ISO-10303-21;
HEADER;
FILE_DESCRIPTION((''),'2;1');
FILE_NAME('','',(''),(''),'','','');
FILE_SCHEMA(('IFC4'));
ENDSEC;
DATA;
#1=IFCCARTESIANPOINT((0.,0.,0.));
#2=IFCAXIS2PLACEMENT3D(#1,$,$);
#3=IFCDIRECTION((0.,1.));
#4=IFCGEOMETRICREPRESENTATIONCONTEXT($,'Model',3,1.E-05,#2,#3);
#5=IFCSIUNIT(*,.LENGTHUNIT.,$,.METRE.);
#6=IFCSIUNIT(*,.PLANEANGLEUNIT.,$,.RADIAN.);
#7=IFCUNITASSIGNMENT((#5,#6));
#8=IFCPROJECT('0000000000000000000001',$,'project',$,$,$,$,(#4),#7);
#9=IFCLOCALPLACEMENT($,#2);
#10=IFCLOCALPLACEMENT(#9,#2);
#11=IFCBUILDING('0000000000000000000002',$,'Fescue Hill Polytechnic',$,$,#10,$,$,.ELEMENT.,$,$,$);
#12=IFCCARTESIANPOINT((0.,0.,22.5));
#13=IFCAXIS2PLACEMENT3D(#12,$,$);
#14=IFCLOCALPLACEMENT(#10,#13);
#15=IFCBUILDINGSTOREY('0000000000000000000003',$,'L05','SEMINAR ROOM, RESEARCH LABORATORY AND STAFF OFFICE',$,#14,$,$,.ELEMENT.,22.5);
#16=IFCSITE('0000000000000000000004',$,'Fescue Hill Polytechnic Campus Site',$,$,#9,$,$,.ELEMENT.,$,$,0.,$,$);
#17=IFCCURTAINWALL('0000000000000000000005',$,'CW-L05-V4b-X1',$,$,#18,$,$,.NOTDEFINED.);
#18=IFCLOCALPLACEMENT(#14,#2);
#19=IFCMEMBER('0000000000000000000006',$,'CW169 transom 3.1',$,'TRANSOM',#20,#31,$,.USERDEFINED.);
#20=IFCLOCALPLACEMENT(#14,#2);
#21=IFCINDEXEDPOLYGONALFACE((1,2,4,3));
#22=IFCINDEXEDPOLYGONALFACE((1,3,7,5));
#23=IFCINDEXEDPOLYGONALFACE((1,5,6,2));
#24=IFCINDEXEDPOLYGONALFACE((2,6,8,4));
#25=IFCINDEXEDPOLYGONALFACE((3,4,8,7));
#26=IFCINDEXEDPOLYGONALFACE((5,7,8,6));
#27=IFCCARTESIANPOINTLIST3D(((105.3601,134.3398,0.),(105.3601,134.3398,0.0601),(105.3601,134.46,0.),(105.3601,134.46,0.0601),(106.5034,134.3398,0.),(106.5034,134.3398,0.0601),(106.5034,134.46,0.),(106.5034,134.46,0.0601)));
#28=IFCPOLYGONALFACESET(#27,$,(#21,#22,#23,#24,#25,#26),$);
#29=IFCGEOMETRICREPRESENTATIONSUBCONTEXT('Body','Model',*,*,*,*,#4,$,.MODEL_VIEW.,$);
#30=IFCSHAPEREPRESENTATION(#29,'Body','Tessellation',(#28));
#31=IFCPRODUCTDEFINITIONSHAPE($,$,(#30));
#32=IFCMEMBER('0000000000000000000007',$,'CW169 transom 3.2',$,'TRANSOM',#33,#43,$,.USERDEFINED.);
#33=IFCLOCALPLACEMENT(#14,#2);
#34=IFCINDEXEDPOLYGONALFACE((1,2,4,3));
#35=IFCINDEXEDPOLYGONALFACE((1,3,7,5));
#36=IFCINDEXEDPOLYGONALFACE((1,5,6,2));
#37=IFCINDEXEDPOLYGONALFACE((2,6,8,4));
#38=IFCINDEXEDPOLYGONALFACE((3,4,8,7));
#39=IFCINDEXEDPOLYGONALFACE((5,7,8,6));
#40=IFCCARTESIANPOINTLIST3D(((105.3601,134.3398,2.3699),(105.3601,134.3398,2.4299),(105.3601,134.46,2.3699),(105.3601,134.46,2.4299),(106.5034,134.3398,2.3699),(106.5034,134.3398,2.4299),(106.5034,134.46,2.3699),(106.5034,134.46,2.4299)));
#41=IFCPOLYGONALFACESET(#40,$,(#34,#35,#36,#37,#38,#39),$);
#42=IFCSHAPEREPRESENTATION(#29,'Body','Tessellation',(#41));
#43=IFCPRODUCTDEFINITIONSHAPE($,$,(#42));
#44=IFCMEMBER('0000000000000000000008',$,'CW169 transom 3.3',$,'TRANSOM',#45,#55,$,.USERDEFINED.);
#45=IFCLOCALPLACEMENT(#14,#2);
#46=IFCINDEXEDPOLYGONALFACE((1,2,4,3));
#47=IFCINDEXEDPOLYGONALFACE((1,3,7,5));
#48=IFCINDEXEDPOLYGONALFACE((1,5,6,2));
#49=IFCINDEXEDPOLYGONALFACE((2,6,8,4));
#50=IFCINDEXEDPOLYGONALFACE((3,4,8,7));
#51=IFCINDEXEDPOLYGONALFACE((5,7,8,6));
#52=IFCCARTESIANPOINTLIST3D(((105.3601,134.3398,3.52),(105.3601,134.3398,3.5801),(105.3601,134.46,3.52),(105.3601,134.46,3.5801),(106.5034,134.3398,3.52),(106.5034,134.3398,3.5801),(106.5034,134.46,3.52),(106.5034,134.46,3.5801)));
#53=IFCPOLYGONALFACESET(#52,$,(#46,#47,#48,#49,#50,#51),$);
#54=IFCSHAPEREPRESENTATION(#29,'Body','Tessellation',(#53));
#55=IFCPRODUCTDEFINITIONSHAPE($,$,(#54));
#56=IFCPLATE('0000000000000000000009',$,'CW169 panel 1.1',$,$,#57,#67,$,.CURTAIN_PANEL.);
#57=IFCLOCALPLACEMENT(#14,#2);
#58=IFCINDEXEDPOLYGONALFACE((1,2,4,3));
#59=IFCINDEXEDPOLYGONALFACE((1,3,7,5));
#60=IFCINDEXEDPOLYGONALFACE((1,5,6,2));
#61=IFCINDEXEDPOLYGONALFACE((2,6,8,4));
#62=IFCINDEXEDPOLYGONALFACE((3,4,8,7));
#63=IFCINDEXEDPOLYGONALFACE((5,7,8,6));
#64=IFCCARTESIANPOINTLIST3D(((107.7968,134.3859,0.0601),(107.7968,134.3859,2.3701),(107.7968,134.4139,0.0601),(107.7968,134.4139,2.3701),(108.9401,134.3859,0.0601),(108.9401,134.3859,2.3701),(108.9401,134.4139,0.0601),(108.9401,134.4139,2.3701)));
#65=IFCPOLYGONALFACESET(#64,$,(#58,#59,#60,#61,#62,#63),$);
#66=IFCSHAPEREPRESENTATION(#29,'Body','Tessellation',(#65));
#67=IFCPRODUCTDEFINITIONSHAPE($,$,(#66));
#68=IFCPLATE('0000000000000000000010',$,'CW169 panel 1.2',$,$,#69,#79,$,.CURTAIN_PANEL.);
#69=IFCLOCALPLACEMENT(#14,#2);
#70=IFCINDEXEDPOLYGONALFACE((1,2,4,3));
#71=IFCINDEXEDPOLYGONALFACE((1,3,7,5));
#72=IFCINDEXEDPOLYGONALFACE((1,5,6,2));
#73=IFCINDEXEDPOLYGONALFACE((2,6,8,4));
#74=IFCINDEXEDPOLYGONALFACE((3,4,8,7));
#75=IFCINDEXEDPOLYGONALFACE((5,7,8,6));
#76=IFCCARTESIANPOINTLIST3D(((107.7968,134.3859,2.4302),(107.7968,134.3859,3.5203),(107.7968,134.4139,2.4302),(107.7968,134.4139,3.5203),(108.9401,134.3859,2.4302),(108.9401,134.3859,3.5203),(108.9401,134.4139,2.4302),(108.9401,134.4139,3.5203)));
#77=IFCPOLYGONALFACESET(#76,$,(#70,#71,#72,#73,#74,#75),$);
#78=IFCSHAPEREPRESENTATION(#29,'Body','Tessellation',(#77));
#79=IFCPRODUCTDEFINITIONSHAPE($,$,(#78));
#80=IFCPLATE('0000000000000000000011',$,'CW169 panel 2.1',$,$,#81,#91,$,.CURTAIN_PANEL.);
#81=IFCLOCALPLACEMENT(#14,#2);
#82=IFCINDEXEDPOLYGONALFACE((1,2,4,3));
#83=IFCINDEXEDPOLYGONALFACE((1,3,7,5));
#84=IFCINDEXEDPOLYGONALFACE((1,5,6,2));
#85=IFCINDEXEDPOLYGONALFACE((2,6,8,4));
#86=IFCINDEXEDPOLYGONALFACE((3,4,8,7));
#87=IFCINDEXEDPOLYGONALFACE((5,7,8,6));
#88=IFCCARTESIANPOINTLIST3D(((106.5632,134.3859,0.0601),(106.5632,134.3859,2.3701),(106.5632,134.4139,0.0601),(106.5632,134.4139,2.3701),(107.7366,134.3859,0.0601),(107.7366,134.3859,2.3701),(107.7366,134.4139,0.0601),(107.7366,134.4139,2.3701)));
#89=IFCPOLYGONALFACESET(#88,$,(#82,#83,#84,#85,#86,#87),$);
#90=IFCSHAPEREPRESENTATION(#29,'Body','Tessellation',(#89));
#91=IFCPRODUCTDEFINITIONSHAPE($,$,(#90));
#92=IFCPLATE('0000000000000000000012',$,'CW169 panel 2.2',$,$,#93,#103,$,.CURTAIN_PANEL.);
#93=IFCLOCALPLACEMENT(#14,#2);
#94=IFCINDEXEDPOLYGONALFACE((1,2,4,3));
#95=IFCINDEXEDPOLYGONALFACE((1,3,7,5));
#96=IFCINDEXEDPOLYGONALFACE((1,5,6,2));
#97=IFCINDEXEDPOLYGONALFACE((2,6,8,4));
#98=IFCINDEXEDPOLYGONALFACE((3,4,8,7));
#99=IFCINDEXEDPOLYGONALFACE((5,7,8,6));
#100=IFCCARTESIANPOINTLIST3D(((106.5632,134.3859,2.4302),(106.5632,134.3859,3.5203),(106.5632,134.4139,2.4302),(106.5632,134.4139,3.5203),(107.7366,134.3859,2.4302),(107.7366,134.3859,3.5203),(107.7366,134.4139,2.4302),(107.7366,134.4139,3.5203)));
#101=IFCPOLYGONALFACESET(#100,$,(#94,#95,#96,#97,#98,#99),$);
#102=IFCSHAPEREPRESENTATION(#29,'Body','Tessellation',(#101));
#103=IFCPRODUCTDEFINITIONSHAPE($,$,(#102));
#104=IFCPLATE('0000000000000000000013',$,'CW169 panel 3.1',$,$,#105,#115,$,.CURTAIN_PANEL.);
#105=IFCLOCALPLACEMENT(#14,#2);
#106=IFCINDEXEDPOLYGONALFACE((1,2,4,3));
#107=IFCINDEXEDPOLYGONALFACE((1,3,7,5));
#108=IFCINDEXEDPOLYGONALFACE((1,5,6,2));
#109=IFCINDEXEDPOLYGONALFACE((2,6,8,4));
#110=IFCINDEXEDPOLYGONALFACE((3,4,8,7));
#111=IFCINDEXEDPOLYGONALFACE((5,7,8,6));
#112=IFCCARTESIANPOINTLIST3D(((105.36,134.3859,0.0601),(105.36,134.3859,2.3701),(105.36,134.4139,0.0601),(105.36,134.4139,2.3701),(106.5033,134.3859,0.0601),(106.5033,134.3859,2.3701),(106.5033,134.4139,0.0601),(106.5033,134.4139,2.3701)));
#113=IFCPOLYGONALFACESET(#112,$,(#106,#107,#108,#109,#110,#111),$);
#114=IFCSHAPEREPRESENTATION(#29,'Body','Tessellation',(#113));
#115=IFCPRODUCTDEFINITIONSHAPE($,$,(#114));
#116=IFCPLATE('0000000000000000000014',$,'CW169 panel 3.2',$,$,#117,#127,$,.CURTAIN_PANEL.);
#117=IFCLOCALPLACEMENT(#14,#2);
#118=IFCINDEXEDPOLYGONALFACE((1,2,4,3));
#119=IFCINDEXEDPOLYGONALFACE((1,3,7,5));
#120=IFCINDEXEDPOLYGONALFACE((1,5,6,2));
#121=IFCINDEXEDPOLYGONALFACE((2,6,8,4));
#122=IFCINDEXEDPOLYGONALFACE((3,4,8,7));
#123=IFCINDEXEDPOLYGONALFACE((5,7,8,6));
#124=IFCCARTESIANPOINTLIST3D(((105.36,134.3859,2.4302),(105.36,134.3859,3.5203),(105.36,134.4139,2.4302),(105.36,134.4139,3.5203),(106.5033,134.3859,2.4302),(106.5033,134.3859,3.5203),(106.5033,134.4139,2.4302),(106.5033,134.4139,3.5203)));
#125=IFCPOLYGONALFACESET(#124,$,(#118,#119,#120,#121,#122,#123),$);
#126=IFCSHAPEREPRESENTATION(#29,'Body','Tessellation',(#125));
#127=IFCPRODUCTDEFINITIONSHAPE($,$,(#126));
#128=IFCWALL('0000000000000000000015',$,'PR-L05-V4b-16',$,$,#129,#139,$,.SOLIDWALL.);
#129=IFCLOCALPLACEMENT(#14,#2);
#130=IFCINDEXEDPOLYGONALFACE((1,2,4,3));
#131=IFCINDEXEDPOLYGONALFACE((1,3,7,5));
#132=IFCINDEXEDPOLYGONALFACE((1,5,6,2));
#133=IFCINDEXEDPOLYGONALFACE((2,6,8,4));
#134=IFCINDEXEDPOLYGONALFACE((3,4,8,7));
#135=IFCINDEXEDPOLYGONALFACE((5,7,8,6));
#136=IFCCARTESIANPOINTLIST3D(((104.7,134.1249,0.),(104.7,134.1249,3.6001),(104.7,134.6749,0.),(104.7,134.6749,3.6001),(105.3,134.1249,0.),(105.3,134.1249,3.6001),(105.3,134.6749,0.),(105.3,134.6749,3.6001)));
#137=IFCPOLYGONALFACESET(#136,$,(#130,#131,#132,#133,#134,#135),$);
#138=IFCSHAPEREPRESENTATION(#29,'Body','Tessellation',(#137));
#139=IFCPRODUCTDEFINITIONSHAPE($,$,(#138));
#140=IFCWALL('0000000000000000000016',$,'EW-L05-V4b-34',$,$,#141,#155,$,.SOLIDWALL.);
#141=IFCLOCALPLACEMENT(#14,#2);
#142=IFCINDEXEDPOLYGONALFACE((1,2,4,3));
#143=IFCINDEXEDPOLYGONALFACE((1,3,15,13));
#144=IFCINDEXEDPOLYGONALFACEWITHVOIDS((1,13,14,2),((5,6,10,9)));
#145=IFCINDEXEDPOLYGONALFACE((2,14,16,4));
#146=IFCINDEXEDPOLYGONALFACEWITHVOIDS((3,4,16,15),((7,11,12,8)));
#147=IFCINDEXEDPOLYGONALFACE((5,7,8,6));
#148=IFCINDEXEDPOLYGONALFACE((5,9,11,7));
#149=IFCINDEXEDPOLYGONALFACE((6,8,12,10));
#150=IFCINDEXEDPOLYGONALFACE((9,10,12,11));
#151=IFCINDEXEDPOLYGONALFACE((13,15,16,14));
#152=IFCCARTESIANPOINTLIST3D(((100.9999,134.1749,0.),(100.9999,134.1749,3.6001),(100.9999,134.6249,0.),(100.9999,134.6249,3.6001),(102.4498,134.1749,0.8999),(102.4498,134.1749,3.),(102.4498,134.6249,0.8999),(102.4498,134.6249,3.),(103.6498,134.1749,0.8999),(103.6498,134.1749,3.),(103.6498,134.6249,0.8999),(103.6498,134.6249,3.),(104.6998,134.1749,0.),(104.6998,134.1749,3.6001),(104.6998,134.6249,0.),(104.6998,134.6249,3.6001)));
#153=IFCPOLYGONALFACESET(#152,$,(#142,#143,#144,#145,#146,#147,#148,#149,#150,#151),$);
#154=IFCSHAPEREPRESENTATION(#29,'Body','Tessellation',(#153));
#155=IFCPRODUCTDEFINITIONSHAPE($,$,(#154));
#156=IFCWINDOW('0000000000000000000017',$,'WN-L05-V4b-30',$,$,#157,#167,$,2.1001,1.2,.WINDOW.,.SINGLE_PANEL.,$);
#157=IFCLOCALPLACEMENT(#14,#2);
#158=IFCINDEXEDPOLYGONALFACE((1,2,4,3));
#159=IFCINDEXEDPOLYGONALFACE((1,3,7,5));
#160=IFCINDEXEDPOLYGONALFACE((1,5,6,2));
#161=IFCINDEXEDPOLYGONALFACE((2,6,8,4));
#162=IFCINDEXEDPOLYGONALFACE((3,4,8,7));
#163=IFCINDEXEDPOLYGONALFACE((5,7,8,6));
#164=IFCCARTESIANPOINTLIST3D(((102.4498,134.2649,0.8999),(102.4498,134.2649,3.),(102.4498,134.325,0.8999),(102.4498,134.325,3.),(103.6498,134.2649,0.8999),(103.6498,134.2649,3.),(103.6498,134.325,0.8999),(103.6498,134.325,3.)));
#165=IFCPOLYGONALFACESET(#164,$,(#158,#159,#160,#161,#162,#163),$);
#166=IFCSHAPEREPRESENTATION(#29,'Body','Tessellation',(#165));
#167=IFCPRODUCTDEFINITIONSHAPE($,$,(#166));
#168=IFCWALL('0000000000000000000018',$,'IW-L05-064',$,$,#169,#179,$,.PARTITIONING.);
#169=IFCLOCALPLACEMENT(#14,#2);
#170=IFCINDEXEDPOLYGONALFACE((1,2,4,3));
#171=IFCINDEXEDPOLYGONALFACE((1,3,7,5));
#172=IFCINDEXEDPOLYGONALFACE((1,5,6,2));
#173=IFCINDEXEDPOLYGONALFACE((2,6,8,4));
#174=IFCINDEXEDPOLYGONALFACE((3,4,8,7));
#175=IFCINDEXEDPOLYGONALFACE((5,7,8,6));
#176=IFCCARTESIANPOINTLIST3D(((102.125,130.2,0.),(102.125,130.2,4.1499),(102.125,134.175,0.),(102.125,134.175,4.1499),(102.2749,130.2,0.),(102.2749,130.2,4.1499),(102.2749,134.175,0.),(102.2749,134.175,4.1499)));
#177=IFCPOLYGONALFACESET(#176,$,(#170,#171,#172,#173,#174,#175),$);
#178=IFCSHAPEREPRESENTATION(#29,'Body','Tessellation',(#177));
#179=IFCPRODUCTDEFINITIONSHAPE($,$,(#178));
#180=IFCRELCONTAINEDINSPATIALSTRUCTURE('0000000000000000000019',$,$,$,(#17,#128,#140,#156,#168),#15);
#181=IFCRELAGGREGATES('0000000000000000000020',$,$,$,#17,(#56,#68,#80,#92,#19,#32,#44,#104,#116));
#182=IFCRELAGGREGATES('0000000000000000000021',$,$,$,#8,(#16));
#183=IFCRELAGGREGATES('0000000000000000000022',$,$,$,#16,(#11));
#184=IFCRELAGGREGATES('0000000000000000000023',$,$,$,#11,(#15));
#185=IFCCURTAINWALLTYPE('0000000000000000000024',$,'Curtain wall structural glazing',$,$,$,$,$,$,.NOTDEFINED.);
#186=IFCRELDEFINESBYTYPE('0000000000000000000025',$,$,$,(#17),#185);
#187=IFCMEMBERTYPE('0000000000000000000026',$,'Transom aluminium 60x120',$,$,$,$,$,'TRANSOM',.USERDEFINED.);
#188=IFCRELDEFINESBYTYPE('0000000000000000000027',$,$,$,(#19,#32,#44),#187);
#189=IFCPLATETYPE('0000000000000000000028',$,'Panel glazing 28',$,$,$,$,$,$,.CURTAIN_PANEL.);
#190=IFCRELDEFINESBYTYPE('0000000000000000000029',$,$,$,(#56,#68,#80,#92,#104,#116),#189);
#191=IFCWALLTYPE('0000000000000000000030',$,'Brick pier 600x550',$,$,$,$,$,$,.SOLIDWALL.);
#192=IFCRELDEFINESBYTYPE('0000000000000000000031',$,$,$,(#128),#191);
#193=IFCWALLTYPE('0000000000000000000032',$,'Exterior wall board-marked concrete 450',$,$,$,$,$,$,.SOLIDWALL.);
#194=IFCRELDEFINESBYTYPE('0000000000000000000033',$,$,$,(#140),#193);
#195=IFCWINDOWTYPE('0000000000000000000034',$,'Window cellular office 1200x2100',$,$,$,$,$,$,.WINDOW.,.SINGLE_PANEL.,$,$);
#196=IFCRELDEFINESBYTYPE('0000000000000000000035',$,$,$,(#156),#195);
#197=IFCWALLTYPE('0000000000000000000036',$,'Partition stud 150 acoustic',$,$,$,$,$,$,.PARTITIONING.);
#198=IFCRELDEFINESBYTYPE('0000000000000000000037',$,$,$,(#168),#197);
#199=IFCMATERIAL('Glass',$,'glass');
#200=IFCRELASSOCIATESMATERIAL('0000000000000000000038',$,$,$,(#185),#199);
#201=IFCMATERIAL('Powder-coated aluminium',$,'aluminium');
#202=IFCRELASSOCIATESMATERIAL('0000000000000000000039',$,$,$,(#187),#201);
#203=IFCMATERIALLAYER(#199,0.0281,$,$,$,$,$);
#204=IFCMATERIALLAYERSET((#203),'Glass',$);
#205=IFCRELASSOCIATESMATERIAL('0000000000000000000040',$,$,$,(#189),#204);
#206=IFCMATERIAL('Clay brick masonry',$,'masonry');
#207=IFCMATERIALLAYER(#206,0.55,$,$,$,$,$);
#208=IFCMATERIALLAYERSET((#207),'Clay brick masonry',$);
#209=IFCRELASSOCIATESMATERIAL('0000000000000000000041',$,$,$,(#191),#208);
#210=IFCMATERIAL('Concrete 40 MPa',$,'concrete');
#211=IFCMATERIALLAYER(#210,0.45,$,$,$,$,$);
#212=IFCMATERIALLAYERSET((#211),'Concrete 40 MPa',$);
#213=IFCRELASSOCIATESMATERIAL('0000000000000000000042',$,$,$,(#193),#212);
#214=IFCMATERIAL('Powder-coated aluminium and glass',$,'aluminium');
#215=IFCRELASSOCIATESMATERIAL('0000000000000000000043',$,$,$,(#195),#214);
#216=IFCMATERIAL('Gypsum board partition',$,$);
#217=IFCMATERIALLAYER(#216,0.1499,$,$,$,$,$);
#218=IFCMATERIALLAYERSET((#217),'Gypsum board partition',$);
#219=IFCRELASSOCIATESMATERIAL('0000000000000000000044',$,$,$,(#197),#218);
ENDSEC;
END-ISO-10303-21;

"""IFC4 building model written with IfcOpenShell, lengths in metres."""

from ifc_helpers import new_model, si_unit, direction, frame, frame_2d, origin, origin_2d, place, context, subcontext, project, spatial, rectangle, extrude, material, layer, layer_set, material_profile, profile_set, type_object, element, fill, aggregate, save


model = new_model("IFC4")

# Units and contexts
model_context = context("Model", 3, precision=1e-05, world=origin(), true_north=direction((0.0, 1.0)))
body_context = subcontext(model_context, "Body", "Model", "MODEL_VIEW")
ifc_project = project(units=[si_unit("LENGTHUNIT", "METRE"), si_unit("PLANEANGLEUNIT", "RADIAN")], contexts=[model_context])

# Site, building, storey
site_placement = place(None, origin())
site = spatial("IfcSite", under=ifc_project, at=site_placement, Name="Fescue Hill Polytechnic Campus Site", CompositionType="ELEMENT", RefElevation=0.0)
building_placement = place(site_placement, origin())
building = spatial("IfcBuilding", under=site, at=building_placement, Name="Fescue Hill Polytechnic", CompositionType="ELEMENT")
storey_placement = place(building_placement, frame((0.0, 0.0, 22.5)))
storey = spatial("IfcBuildingStorey", under=building, at=storey_placement, Name="L05", Description="SEMINAR ROOM, RESEARCH LABORATORY AND STAFF OFFICE", CompositionType="ELEMENT", Elevation=22.5)

# Shared definitions
ifc_material_1 = material(Name="Concrete 40 MPa", Category="concrete")

# Curtain wall, members, plates
ifc_material_2 = material(Name="Glass", Category="glass")
curtain_wall_type = type_object("IfcCurtainWallType", Name="Curtain wall structural glazing", PredefinedType="NOTDEFINED", material=ifc_material_2)
curtain_wall_placement = place(storey_placement, origin())
curtain_wall = element("IfcCurtainWall", 1, at=curtain_wall_placement, inside=storey, type_object=curtain_wall_type, Name="CW-L05-V4b-X1", PredefinedType="NOTDEFINED")
ifc_material_3 = material(Name="Powder-coated aluminium", Category="aluminium")
ifc_material_profile_1 = material_profile(ifc_material_3, rectangle(XDim=0.1201, YDim=0.0601, at=origin_2d()), Name="Transom aluminium 60x120")
ifc_profile_set_1 = profile_set([ifc_material_profile_1], Name="Powder-coated aluminium")
member_type_1 = type_object("IfcMemberType", Name="Transom aluminium 60x120", ElementType="TRANSOM", PredefinedType="USERDEFINED", material=ifc_profile_set_1)
member_1_placement = place(storey_placement, frame((106.5034, 134.3999, 0.03), z_axis=(-1.0, 0.0, 0.0), x_axis=(0.0, -1.0, 0.0)))
member_1 = element("IfcMember", 2, at=member_1_placement, type_object=member_type_1, Name="CW169 transom 3.1", ObjectType="TRANSOM", PredefinedType="USERDEFINED", context=body_context, shape_type="SweptSolid", body=[
    extrude(rectangle(XDim=0.1201, YDim=0.0601, at=origin_2d()), origin(), (0.0, 0.0, 1.0), 1.1433),
])
member_2_placement = place(storey_placement, frame((106.5034, 134.3999, 2.3999), z_axis=(-1.0, 0.0, 0.0), x_axis=(0.0, -1.0, 0.0)))
member_2 = element("IfcMember", 3, at=member_2_placement, type_object=member_type_1, Name="CW169 transom 3.2", ObjectType="TRANSOM", PredefinedType="USERDEFINED", context=body_context, shape_type="SweptSolid", body=[
    extrude(rectangle(XDim=0.1201, YDim=0.0601, at=origin_2d()), origin(), (0.0, 0.0, 1.0), 1.1433),
])
member_3_placement = place(storey_placement, frame((106.5034, 134.3999, 3.55), z_axis=(-1.0, 0.0, 0.0), x_axis=(0.0, -1.0, 0.0)))
member_3 = element("IfcMember", 4, at=member_3_placement, type_object=member_type_1, Name="CW169 transom 3.3", ObjectType="TRANSOM", PredefinedType="USERDEFINED", context=body_context, shape_type="SweptSolid", body=[
    extrude(rectangle(XDim=0.1201, YDim=0.0601, at=origin_2d()), origin(), (0.0, 0.0, 1.0), 1.1433),
])
ifc_layer_1 = layer(ifc_material_2, 0.0281)
ifc_layer_set_1 = layer_set([ifc_layer_1], Name="Glass")
plate_type = type_object("IfcPlateType", Name="Panel glazing 28", PredefinedType="CURTAIN_PANEL", material=ifc_layer_set_1)
plate_1_placement = place(storey_placement, frame((108.3684, 134.3999, 0.0601), z_axis=(0.0, 0.0, 1.0), x_axis=(-1.0, 0.0, 0.0)))
plate_1 = element("IfcPlate", 5, at=plate_1_placement, type_object=plate_type, Name="CW169 panel 1.1", PredefinedType="CURTAIN_PANEL", context=body_context, shape_type="SweptSolid", body=[
    extrude(rectangle(XDim=1.1433, YDim=0.0281, at=origin_2d()), origin(), (0.0, 0.0, 1.0), 2.3101),
])
plate_2_placement = place(storey_placement, frame((108.3684, 134.3999, 2.4302), z_axis=(0.0, 0.0, 1.0), x_axis=(-1.0, 0.0, 0.0)))
plate_2 = element("IfcPlate", 6, at=plate_2_placement, type_object=plate_type, Name="CW169 panel 1.2", PredefinedType="CURTAIN_PANEL", context=body_context, shape_type="SweptSolid", body=[
    extrude(rectangle(XDim=1.1433, YDim=0.0281, at=origin_2d()), origin(), (0.0, 0.0, 1.0), 1.0901),
])
plate_3_placement = place(storey_placement, frame((107.1499, 134.3999, 0.0601), z_axis=(0.0, 0.0, 1.0), x_axis=(-1.0, 0.0, 0.0)))
plate_3 = element("IfcPlate", 7, at=plate_3_placement, type_object=plate_type, Name="CW169 panel 2.1", PredefinedType="CURTAIN_PANEL", context=body_context, shape_type="SweptSolid", body=[
    extrude(rectangle(XDim=1.1733, YDim=0.0281, at=origin_2d()), origin(), (0.0, 0.0, 1.0), 2.3101),
])
plate_4_placement = place(storey_placement, frame((107.1499, 134.3999, 2.4302), z_axis=(0.0, 0.0, 1.0), x_axis=(-1.0, 0.0, 0.0)))
plate_4 = element("IfcPlate", 8, at=plate_4_placement, type_object=plate_type, Name="CW169 panel 2.2", PredefinedType="CURTAIN_PANEL", context=body_context, shape_type="SweptSolid", body=[
    extrude(rectangle(XDim=1.1733, YDim=0.0281, at=origin_2d()), origin(), (0.0, 0.0, 1.0), 1.0901),
])
plate_5_placement = place(storey_placement, frame((105.9316, 134.3999, 0.0601), z_axis=(0.0, 0.0, 1.0), x_axis=(-1.0, 0.0, 0.0)))
plate_5 = element("IfcPlate", 9, at=plate_5_placement, type_object=plate_type, Name="CW169 panel 3.1", PredefinedType="CURTAIN_PANEL", context=body_context, shape_type="SweptSolid", body=[
    extrude(rectangle(XDim=1.1433, YDim=0.0281, at=origin_2d()), origin(), (0.0, 0.0, 1.0), 2.3101),
])
plate_6_placement = place(storey_placement, frame((105.9316, 134.3999, 2.4302), z_axis=(0.0, 0.0, 1.0), x_axis=(-1.0, 0.0, 0.0)))
plate_6 = element("IfcPlate", 10, at=plate_6_placement, type_object=plate_type, Name="CW169 panel 3.2", PredefinedType="CURTAIN_PANEL", context=body_context, shape_type="SweptSolid", body=[
    extrude(rectangle(XDim=1.1433, YDim=0.0281, at=origin_2d()), origin(), (0.0, 0.0, 1.0), 1.0901),
])
aggregate(curtain_wall, [plate_1, plate_2, plate_3, plate_4, member_1, member_2, member_3, plate_5, plate_6])

# Wall
ifc_material_4 = material(Name="Clay brick masonry", Category="masonry")
ifc_layer_2 = layer(ifc_material_4, 0.55)
ifc_layer_set_2 = layer_set([ifc_layer_2], Name="Clay brick masonry")
wall_type_1 = type_object("IfcWallType", Name="Brick pier 600x550", PredefinedType="SOLIDWALL", material=ifc_layer_set_2)
wall_1_placement = place(storey_placement, frame((105.3, 134.3999, 0.0), z_axis=(0.0, 0.0, 1.0), x_axis=(-1.0, 0.0, 0.0)))
element("IfcWall", 11, at=wall_1_placement, inside=storey, type_object=wall_type_1, Name="PR-L05-V4b-16", PredefinedType="SOLIDWALL", context=body_context, shape_type="SweptSolid", body=[
    extrude(rectangle(XDim=0.6001, YDim=0.55, at=frame_2d((0.3, 0.0))), origin(), (0.0, 0.0, 1.0), 3.6001),
])

# Wall, opening, window
ifc_layer_3 = layer(ifc_material_1, 0.45)
ifc_layer_set_3 = layer_set([ifc_layer_3], Name="Concrete 40 MPa")
wall_type_2 = type_object("IfcWallType", Name="Exterior wall board-marked concrete 450", PredefinedType="SOLIDWALL", material=ifc_layer_set_3)
wall_2_placement = place(storey_placement, frame((104.7, 134.3999, 0.0), z_axis=(0.0, 0.0, 1.0), x_axis=(-1.0, 0.0, 0.0)))
wall_2 = element("IfcWall", 12, at=wall_2_placement, inside=storey, type_object=wall_type_2, Name="EW-L05-V4b-34", PredefinedType="SOLIDWALL", context=body_context, shape_type="SweptSolid", body=[
    extrude(rectangle(XDim=3.7, YDim=0.45, at=frame_2d((1.8501, 0.0))), origin(), (0.0, 0.0, 1.0), 3.6001),
])
opening_placement = place(wall_2_placement, frame((1.05, 0.0, 0.8999)))
opening = element("IfcOpeningElement", 13, at=opening_placement, cuts=wall_2, PredefinedType="OPENING", context=body_context, shape_type="SweptSolid", body=[
    extrude(rectangle(XDim=1.2, YDim=2.1001, at=frame_2d((0.6001, 1.05))), frame((0.0, 0.2349, 0.0), z_axis=(0.0, -1.0, 0.0), x_axis=(1.0, 0.0, 0.0)), (0.0, 0.0, 1.0), 0.47),
])
ifc_material_5 = material(Name="Powder-coated aluminium and glass", Category="aluminium")
window_type = type_object("IfcWindowType", Name="Window cellular office 1200x2100", PartitioningType="SINGLE_PANEL", PredefinedType="WINDOW", material=ifc_material_5)
window_placement = place(opening_placement, origin())
window = element("IfcWindow", 14, at=window_placement, inside=storey, type_object=window_type, Name="WN-L05-V4b-30", OverallHeight=2.1001, OverallWidth=1.2, PartitioningType="SINGLE_PANEL", PredefinedType="WINDOW", context=body_context, shape_type="SweptSolid", body=[
    extrude(rectangle(XDim=1.2, YDim=2.1001, at=frame_2d((0.6001, 1.05))), frame((0.0, 0.135, 0.0), z_axis=(0.0, -1.0, 0.0), x_axis=(1.0, 0.0, 0.0)), (0.0, 0.0, 1.0), 0.0601),
])
fill(opening, window)

# Wall
ifc_material_6 = material(Name="Gypsum board partition")
ifc_layer_4 = layer(ifc_material_6, 0.1499)
ifc_layer_set_4 = layer_set([ifc_layer_4], Name="Gypsum board partition")
wall_type_3 = type_object("IfcWallType", Name="Partition stud 150 acoustic", PredefinedType="PARTITIONING", material=ifc_layer_set_4)
wall_3_placement = place(storey_placement, frame((102.2, 130.2, 0.0), z_axis=(0.0, 0.0, 1.0), x_axis=(0.0, 1.0, 0.0)))
element("IfcWall", 15, at=wall_3_placement, inside=storey, type_object=wall_type_3, Name="IW-L05-064", PredefinedType="PARTITIONING", context=body_context, shape_type="SweptSolid", body=[
    extrude(rectangle(XDim=3.9751, YDim=0.1499, at=frame_2d((1.9875, 0.0))), origin(), (0.0, 0.0, 1.0), 4.1499),
])

save(model, "model.ifc")
